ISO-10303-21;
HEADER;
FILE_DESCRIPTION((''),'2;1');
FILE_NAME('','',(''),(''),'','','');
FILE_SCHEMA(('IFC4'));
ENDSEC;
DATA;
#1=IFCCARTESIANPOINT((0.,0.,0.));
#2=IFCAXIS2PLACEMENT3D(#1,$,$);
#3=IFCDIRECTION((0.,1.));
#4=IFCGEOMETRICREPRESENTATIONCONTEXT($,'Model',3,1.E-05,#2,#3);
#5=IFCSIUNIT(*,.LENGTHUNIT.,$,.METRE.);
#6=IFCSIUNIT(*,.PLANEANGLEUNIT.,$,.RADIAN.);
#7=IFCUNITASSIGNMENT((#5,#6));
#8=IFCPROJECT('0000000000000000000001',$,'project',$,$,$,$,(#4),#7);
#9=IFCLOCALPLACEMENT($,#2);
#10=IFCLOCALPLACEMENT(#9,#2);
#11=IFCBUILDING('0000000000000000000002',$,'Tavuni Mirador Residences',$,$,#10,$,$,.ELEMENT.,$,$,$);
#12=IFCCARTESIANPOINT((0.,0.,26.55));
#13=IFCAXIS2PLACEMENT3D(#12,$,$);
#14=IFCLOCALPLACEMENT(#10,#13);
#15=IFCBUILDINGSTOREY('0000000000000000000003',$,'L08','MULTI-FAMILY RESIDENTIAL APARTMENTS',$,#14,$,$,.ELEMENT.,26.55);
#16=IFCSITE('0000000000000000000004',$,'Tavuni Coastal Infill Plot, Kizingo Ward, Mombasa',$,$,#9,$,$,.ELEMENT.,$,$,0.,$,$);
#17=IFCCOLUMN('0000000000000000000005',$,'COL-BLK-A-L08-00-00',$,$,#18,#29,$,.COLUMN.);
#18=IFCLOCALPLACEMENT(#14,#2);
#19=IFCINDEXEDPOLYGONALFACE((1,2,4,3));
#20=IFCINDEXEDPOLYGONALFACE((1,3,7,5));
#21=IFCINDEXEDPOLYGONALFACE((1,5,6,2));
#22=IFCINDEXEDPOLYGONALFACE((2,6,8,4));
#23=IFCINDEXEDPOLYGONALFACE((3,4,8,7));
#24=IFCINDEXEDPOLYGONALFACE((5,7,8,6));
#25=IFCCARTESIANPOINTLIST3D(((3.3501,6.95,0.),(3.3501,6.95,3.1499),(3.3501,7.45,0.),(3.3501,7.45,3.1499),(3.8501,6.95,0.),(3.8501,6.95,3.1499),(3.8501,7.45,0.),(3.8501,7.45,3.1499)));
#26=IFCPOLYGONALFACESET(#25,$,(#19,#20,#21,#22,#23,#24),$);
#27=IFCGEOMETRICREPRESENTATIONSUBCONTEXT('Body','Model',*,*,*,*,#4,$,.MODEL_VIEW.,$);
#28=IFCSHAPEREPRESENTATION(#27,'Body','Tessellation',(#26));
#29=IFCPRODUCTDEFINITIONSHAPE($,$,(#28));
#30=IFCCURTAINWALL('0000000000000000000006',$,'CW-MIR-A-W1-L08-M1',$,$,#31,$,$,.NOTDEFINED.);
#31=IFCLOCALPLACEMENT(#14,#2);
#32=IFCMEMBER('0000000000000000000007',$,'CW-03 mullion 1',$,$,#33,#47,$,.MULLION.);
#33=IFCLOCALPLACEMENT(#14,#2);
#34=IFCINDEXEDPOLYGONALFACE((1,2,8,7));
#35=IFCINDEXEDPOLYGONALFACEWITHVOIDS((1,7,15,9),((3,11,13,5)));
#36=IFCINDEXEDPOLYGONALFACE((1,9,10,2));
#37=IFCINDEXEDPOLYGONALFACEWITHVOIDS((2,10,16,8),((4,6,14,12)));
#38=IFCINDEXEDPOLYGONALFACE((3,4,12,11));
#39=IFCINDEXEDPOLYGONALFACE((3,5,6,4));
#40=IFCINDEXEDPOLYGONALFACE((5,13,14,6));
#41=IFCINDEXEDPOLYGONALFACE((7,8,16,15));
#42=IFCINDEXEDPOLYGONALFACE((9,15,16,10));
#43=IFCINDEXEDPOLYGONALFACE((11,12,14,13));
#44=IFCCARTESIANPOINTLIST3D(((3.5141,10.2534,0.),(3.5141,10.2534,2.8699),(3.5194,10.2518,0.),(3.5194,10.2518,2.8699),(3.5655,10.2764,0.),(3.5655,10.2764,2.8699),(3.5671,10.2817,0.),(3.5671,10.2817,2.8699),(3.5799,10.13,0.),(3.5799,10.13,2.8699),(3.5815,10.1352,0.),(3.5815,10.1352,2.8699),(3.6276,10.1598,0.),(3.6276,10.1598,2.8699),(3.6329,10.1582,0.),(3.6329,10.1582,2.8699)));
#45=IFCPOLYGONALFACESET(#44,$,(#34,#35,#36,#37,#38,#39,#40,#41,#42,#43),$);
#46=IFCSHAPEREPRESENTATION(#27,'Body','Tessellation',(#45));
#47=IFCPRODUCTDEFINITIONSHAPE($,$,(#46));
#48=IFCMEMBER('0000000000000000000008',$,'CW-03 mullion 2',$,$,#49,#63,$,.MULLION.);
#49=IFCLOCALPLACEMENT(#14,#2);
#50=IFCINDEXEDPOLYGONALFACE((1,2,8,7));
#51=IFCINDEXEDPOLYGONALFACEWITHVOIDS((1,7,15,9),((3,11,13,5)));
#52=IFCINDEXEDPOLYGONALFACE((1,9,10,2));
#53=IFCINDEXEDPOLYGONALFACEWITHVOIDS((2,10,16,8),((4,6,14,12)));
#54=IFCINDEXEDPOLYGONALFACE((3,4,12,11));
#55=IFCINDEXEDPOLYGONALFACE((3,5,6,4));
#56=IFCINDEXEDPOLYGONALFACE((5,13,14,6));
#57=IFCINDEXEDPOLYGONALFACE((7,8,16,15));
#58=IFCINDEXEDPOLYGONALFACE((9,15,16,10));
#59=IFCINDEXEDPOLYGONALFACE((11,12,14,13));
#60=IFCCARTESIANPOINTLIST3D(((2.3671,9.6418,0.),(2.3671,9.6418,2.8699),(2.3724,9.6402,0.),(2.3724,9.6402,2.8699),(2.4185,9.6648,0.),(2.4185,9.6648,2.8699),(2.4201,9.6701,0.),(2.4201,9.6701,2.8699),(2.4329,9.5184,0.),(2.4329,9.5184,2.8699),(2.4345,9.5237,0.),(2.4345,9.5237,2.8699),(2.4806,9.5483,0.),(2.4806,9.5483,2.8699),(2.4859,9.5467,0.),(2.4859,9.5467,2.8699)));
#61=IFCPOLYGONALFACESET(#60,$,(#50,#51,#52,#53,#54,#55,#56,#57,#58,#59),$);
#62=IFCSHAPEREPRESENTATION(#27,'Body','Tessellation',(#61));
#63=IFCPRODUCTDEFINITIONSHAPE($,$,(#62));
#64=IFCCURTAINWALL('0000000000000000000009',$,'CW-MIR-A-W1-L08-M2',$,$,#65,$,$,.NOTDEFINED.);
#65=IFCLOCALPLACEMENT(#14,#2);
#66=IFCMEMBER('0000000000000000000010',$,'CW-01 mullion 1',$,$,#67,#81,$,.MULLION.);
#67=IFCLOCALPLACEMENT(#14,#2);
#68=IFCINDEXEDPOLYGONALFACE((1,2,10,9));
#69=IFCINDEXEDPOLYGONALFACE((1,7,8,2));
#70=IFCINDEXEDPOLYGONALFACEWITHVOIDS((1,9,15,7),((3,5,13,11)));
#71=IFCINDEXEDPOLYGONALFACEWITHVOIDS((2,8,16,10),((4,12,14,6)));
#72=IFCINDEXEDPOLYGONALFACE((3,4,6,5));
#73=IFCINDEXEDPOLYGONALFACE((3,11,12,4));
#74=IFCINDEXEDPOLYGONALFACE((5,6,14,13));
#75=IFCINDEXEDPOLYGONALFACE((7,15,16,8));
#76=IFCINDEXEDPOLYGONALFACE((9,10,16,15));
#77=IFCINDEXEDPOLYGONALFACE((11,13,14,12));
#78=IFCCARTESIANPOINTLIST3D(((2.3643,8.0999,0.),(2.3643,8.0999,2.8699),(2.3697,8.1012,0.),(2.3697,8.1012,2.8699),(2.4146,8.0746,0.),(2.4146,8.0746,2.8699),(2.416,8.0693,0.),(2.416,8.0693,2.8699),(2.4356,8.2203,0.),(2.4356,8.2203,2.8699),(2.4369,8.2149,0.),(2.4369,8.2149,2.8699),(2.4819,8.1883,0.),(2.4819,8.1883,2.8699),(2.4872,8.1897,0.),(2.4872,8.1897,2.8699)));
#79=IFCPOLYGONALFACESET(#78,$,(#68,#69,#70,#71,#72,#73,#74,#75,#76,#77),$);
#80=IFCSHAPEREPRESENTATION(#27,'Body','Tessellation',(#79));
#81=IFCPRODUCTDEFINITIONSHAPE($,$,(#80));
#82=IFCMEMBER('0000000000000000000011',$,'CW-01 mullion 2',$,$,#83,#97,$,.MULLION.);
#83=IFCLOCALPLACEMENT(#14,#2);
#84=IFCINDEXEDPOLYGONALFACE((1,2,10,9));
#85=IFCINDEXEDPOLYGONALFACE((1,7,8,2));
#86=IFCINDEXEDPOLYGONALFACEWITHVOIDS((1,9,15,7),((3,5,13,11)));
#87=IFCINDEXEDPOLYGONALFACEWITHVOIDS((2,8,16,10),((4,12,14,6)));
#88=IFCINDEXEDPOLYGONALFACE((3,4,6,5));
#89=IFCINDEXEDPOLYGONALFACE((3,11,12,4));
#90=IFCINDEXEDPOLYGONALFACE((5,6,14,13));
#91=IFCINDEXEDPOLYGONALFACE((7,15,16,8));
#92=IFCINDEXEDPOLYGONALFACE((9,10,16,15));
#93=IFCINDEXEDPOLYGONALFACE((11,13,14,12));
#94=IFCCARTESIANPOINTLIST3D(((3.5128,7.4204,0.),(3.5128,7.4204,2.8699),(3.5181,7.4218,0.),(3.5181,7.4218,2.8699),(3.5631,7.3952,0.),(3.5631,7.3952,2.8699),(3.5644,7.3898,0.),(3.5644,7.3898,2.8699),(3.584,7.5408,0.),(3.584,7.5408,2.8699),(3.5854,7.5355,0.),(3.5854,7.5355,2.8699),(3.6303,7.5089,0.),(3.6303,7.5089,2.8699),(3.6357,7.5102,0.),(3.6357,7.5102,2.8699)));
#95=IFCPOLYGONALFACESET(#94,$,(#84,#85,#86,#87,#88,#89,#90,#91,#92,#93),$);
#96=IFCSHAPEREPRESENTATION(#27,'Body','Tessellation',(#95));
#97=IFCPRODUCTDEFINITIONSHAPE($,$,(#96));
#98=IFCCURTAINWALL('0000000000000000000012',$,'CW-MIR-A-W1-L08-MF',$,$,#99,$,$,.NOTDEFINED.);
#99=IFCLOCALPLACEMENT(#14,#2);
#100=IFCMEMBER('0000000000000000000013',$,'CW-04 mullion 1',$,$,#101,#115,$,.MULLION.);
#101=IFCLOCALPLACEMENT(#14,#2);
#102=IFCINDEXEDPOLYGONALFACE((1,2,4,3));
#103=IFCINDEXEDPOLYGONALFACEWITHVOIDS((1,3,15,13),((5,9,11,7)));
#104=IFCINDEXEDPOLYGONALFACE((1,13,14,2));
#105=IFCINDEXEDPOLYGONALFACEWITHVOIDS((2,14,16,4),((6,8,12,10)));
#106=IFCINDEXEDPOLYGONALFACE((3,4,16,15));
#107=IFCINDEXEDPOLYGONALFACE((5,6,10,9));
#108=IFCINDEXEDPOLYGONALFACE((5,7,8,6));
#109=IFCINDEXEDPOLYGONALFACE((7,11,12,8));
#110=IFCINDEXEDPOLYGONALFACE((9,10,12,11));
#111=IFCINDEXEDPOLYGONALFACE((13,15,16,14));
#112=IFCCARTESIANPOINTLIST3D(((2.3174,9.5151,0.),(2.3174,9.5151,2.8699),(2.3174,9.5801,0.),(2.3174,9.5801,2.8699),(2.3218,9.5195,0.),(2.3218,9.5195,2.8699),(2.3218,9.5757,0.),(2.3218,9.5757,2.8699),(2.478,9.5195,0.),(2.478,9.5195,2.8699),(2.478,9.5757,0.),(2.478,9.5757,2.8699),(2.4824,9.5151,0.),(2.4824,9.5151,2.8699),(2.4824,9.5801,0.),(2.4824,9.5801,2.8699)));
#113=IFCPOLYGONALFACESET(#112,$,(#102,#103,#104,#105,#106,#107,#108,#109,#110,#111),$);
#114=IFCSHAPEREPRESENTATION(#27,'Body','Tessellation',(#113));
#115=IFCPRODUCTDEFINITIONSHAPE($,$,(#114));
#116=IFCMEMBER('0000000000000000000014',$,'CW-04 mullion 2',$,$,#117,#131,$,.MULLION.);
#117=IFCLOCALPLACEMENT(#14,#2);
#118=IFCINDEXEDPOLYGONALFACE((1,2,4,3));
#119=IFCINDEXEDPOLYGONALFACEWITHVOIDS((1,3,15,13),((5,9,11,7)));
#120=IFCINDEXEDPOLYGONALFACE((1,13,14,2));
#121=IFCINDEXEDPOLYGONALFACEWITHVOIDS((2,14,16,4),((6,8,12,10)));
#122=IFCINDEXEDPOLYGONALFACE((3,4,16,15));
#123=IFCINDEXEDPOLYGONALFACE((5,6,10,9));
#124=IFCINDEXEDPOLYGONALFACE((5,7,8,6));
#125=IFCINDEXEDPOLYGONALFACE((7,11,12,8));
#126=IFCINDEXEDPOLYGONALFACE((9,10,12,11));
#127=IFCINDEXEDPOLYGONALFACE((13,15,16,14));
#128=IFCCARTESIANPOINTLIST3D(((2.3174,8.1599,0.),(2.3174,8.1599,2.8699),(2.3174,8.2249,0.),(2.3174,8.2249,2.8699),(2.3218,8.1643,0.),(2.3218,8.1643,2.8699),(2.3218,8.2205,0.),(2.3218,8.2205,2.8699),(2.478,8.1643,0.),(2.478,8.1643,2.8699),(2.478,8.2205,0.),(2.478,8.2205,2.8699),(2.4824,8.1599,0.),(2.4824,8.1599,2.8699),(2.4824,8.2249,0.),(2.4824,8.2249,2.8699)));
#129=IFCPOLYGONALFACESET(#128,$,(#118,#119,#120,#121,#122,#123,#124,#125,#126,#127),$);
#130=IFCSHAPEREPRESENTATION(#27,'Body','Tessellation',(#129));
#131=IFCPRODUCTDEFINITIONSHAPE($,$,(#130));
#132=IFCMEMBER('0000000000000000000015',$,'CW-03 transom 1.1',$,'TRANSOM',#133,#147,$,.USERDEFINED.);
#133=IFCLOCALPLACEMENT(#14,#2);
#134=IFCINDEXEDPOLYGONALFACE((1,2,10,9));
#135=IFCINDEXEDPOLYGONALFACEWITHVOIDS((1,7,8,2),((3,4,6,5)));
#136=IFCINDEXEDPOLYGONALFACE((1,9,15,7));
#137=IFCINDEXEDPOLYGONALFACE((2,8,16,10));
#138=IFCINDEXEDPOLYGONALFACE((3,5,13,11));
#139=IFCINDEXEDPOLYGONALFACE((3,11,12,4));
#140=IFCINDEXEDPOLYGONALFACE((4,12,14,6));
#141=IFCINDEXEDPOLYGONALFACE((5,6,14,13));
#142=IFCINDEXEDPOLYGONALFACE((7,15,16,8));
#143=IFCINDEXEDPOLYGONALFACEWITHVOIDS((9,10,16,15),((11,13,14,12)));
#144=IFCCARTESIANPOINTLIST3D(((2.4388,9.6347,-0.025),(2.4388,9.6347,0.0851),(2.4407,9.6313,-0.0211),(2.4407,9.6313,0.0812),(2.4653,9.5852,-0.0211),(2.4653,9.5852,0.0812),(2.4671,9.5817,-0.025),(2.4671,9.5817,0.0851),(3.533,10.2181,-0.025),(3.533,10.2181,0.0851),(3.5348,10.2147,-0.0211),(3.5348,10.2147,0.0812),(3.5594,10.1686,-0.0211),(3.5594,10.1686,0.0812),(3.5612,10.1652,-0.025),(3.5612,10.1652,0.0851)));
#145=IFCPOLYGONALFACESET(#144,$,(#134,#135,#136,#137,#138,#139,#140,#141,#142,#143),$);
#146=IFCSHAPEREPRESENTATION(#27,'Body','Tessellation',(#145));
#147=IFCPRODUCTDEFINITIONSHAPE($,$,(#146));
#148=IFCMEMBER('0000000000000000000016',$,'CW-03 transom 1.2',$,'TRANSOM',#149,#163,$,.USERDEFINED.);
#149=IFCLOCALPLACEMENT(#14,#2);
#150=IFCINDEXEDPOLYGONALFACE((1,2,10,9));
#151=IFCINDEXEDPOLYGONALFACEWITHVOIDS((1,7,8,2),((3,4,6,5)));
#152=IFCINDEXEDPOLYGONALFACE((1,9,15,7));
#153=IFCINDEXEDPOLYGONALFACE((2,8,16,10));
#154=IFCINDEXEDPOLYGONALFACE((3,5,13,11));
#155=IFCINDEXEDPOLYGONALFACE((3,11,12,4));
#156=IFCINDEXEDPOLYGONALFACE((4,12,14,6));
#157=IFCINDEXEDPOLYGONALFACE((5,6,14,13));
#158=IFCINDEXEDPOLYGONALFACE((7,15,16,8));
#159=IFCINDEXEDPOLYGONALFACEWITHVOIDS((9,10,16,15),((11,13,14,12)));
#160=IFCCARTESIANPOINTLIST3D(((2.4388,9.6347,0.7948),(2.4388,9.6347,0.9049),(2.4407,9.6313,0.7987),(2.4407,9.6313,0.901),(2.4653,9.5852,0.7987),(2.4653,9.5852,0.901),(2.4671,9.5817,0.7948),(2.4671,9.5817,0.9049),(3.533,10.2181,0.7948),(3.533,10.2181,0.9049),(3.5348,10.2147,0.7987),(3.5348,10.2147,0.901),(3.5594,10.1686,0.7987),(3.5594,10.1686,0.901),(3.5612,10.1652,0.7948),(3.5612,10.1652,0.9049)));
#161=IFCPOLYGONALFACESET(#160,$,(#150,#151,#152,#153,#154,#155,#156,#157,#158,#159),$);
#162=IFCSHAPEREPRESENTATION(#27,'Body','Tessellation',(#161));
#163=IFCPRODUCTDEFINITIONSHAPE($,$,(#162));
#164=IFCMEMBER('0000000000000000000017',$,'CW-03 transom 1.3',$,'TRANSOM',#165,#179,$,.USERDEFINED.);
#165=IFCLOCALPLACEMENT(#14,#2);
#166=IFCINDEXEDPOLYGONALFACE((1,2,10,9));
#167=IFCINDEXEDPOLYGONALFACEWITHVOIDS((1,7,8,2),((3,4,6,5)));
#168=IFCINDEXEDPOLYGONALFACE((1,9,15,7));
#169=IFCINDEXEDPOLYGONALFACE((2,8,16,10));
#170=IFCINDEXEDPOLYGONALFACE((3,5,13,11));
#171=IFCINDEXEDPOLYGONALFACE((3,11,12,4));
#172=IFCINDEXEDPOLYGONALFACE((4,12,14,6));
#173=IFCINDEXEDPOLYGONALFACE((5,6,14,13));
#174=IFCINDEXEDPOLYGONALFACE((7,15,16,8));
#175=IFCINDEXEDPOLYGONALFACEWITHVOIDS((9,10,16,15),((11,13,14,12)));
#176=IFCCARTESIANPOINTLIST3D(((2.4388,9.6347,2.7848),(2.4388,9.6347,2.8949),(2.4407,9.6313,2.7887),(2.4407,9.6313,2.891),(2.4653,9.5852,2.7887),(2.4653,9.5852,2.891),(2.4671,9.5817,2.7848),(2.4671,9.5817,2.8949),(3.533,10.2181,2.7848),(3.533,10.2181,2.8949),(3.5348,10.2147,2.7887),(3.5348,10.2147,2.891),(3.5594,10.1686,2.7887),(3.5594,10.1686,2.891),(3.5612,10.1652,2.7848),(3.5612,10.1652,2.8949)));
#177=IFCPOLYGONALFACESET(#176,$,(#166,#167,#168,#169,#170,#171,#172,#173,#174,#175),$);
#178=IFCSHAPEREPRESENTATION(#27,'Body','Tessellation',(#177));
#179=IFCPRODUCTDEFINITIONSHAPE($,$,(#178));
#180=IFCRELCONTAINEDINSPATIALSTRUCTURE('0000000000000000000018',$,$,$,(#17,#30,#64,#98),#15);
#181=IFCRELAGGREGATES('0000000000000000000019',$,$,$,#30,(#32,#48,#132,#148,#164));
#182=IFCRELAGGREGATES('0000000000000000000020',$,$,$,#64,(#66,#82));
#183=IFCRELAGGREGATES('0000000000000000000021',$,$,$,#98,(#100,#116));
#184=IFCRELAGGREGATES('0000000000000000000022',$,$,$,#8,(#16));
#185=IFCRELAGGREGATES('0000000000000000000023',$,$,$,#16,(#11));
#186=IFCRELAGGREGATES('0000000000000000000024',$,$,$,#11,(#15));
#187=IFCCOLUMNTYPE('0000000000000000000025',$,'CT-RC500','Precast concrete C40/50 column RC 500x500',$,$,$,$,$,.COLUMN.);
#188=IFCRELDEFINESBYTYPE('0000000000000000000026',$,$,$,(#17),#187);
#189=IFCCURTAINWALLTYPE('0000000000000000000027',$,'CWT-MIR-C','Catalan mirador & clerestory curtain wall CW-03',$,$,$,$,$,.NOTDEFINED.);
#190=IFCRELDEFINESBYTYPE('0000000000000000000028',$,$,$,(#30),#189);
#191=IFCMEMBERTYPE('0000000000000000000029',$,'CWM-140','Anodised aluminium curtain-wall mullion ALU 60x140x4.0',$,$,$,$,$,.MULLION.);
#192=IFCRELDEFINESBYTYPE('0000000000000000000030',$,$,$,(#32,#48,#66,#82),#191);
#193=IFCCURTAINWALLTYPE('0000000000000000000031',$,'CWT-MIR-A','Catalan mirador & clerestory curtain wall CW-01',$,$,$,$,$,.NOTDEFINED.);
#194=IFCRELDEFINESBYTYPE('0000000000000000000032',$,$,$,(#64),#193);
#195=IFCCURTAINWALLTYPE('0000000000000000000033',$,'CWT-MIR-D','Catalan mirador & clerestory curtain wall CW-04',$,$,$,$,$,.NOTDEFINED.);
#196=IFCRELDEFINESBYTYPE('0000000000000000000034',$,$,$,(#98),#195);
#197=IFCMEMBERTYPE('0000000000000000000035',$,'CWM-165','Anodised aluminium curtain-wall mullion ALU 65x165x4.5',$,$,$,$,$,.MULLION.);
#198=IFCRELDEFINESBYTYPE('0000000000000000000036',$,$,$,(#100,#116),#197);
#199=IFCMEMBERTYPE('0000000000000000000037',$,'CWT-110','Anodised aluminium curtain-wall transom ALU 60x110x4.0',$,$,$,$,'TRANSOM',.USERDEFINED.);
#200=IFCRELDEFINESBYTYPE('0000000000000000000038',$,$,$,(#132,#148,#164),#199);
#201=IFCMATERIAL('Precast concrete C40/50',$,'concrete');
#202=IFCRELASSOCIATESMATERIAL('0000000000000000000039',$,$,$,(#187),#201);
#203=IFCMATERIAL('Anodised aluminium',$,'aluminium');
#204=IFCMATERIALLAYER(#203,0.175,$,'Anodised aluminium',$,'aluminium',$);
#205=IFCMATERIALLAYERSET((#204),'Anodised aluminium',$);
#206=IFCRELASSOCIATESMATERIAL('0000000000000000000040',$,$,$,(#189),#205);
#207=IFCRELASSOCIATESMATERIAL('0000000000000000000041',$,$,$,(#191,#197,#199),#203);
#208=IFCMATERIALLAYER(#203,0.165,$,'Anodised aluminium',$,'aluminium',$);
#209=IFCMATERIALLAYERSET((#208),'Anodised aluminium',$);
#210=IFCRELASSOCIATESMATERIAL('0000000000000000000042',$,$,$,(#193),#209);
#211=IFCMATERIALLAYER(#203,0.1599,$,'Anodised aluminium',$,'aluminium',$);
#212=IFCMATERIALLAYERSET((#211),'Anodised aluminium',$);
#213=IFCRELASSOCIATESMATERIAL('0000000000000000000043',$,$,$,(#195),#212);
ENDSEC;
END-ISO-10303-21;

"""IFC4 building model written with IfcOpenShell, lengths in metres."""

from ifc_helpers import new_model, si_unit, direction, frame, origin, origin_2d, place, context, subcontext, project, spatial, rectangle, hollow_rectangle, extrude, material, layer, layer_set, material_profile, profile_set, type_object, element, aggregate, save


model = new_model("IFC4")

# Units and contexts
model_context = context("Model", 3, precision=1e-05, world=origin(), true_north=direction((0.0, 1.0)))
body_context = subcontext(model_context, "Body", "Model", "MODEL_VIEW")
ifc_project = project(units=[si_unit("LENGTHUNIT", "METRE"), si_unit("PLANEANGLEUNIT", "RADIAN")], contexts=[model_context])

# Site, building, storey
site_placement = place(None, origin())
site = spatial("IfcSite", under=ifc_project, at=site_placement, Name="Tavuni Coastal Infill Plot, Kizingo Ward, Mombasa", CompositionType="ELEMENT", RefElevation=0.0)
building_placement = place(site_placement, origin())
building = spatial("IfcBuilding", under=site, at=building_placement, Name="Tavuni Mirador Residences", CompositionType="ELEMENT")
storey_placement = place(building_placement, frame((0.0, 0.0, 26.55)))
storey = spatial("IfcBuildingStorey", under=building, at=storey_placement, Name="L08", Description="MULTI-FAMILY RESIDENTIAL APARTMENTS", CompositionType="ELEMENT", Elevation=26.55)

# Column
ifc_material_1 = material(Name="Precast concrete C40/50", Category="concrete")
ifc_material_profile_1 = material_profile(ifc_material_1, rectangle(XDim=0.5, YDim=0.5, at=origin_2d()), Name="RC 500x500", Category="concrete")
ifc_profile_set_1 = profile_set([ifc_material_profile_1], Name="Precast concrete C40/50")
column_type = type_object("IfcColumnType", Name="CT-RC500", Description="Precast concrete C40/50 column RC 500x500", PredefinedType="COLUMN", material=ifc_profile_set_1)
column_placement = place(storey_placement, frame((3.6001, 7.2, 0.0), z_axis=(0.0, 0.0, 1.0), x_axis=(1.0, 0.0, 0.0)))
element("IfcColumn", 1, at=column_placement, inside=storey, type_object=column_type, Name="COL-BLK-A-L08-00-00", PredefinedType="COLUMN", context=body_context, shape_type="SweptSolid", body=[
    extrude(rectangle(XDim=0.5, YDim=0.5, at=origin_2d()), origin(), (0.0, 0.0, 1.0), 3.1499),
])

# Curtain walls, members
ifc_material_2 = material(Name="Anodised aluminium", Category="aluminium")
ifc_layer_1 = layer(ifc_material_2, 0.175, Name="Anodised aluminium", Category="aluminium")
ifc_layer_set_1 = layer_set([ifc_layer_1], Name="Anodised aluminium")
curtain_wall_type_1 = type_object("IfcCurtainWallType", Name="CWT-MIR-C", Description="Catalan mirador & clerestory curtain wall CW-03", PredefinedType="NOTDEFINED", material=ifc_layer_set_1)
curtain_wall_1_placement = place(storey_placement, origin())
curtain_wall_1 = element("IfcCurtainWall", 2, at=curtain_wall_1_placement, inside=storey, type_object=curtain_wall_type_1, Name="CW-MIR-A-W1-L08-M1", PredefinedType="NOTDEFINED")
ifc_material_profile_2 = material_profile(ifc_material_2, hollow_rectangle(XDim=0.0601, YDim=0.1399, WallThickness=0.0039, at=origin_2d()), Name="ALU 60x140x4.0", Category="aluminium")
ifc_profile_set_2 = profile_set([ifc_material_profile_2], Name="Anodised aluminium")
member_type_1 = type_object("IfcMemberType", Name="CWM-140", Description="Anodised aluminium curtain-wall mullion ALU 60x140x4.0", PredefinedType="MULLION", material=ifc_profile_set_2)
member_1_placement = place(storey_placement, frame((3.5735, 10.2058, 0.0), z_axis=(0.0, 0.0, 1.0), x_axis=(-0.882353, -0.470588, 0.0)))
member_1 = element("IfcMember", 3, at=member_1_placement, type_object=member_type_1, Name="CW-03 mullion 1", PredefinedType="MULLION", context=body_context, shape_type="SweptSolid", body=[
    extrude(hollow_rectangle(XDim=0.0601, YDim=0.1399, WallThickness=0.0039, at=origin_2d()), origin(), (0.0, 0.0, 1.0), 2.8699),
])
member_2_placement = place(storey_placement, frame((2.4265, 9.5942, 0.0), z_axis=(0.0, 0.0, 1.0), x_axis=(-0.882353, -0.470588, 0.0)))
member_2 = element("IfcMember", 4, at=member_2_placement, type_object=member_type_1, Name="CW-03 mullion 2", PredefinedType="MULLION", context=body_context, shape_type="SweptSolid", body=[
    extrude(hollow_rectangle(XDim=0.0601, YDim=0.1399, WallThickness=0.0039, at=origin_2d()), origin(), (0.0, 0.0, 1.0), 2.8699),
])
ifc_layer_2 = layer(ifc_material_2, 0.165, Name="Anodised aluminium", Category="aluminium")
ifc_layer_set_2 = layer_set([ifc_layer_2], Name="Anodised aluminium")
curtain_wall_type_2 = type_object("IfcCurtainWallType", Name="CWT-MIR-A", Description="Catalan mirador & clerestory curtain wall CW-01", PredefinedType="NOTDEFINED", material=ifc_layer_set_2)
curtain_wall_2_placement = place(storey_placement, origin())
curtain_wall_2 = element("IfcCurtainWall", 5, at=curtain_wall_2_placement, inside=storey, type_object=curtain_wall_type_2, Name="CW-MIR-A-W1-L08-M2", PredefinedType="NOTDEFINED")
member_3_placement = place(storey_placement, frame((2.4258, 8.1448, 0.0), z_axis=(0.0, 0.0, 1.0), x_axis=(0.860641, -0.509212, 0.0)))
member_3 = element("IfcMember", 6, at=member_3_placement, type_object=member_type_1, Name="CW-01 mullion 1", PredefinedType="MULLION", context=body_context, shape_type="SweptSolid", body=[
    extrude(hollow_rectangle(XDim=0.0601, YDim=0.1399, WallThickness=0.0039, at=origin_2d()), origin(), (0.0, 0.0, 1.0), 2.8699),
])
member_4_placement = place(storey_placement, frame((3.5742, 7.4653, 0.0), z_axis=(0.0, 0.0, 1.0), x_axis=(0.860641, -0.509212, 0.0)))
member_4 = element("IfcMember", 7, at=member_4_placement, type_object=member_type_1, Name="CW-01 mullion 2", PredefinedType="MULLION", context=body_context, shape_type="SweptSolid", body=[
    extrude(hollow_rectangle(XDim=0.0601, YDim=0.1399, WallThickness=0.0039, at=origin_2d()), origin(), (0.0, 0.0, 1.0), 2.8699),
])
ifc_layer_3 = layer(ifc_material_2, 0.1599, Name="Anodised aluminium", Category="aluminium")
ifc_layer_set_3 = layer_set([ifc_layer_3], Name="Anodised aluminium")
curtain_wall_type_3 = type_object("IfcCurtainWallType", Name="CWT-MIR-D", Description="Catalan mirador & clerestory curtain wall CW-04", PredefinedType="NOTDEFINED", material=ifc_layer_set_3)
curtain_wall_3_placement = place(storey_placement, origin())
curtain_wall_3 = element("IfcCurtainWall", 8, at=curtain_wall_3_placement, inside=storey, type_object=curtain_wall_type_3, Name="CW-MIR-A-W1-L08-MF", PredefinedType="NOTDEFINED")
ifc_material_profile_3 = material_profile(ifc_material_2, hollow_rectangle(XDim=0.0649, YDim=0.165, WallThickness=0.0044, at=origin_2d()), Name="ALU 65x165x4.5", Category="aluminium")
ifc_profile_set_3 = profile_set([ifc_material_profile_3], Name="Anodised aluminium")
member_type_2 = type_object("IfcMemberType", Name="CWM-165", Description="Anodised aluminium curtain-wall mullion ALU 65x165x4.5", PredefinedType="MULLION", material=ifc_profile_set_3)
member_5_placement = place(storey_placement, frame((2.3999, 9.5476, 0.0), z_axis=(0.0, 0.0, 1.0), x_axis=(0.0, -1.0, 0.0)))
member_5 = element("IfcMember", 9, at=member_5_placement, type_object=member_type_2, Name="CW-04 mullion 1", PredefinedType="MULLION", context=body_context, shape_type="SweptSolid", body=[
    extrude(hollow_rectangle(XDim=0.0649, YDim=0.165, WallThickness=0.0044, at=origin_2d()), origin(), (0.0, 0.0, 1.0), 2.8699),
])
member_6_placement = place(storey_placement, frame((2.3999, 8.1924, 0.0), z_axis=(0.0, 0.0, 1.0), x_axis=(0.0, -1.0, 0.0)))
member_6 = element("IfcMember", 10, at=member_6_placement, type_object=member_type_2, Name="CW-04 mullion 2", PredefinedType="MULLION", context=body_context, shape_type="SweptSolid", body=[
    extrude(hollow_rectangle(XDim=0.0649, YDim=0.165, WallThickness=0.0044, at=origin_2d()), origin(), (0.0, 0.0, 1.0), 2.8699),
])

# Members
ifc_material_profile_4 = material_profile(ifc_material_2, hollow_rectangle(XDim=0.0601, YDim=0.1101, WallThickness=0.0039, at=origin_2d()), Name="ALU 60x110x4.0", Category="aluminium")
ifc_profile_set_4 = profile_set([ifc_material_profile_4], Name="Anodised aluminium")
member_type_3 = type_object("IfcMemberType", Name="CWT-110", Description="Anodised aluminium curtain-wall transom ALU 60x110x4.0", ElementType="TRANSOM", PredefinedType="USERDEFINED", material=ifc_profile_set_4)
member_7_placement = place(storey_placement, frame((3.5471, 10.1917, 0.03), z_axis=(-0.882386, -0.470527, 0.0), x_axis=(0.470527, -0.882386, 0.0)))
member_7 = element("IfcMember", 11, at=member_7_placement, type_object=member_type_3, Name="CW-03 transom 1.1", ObjectType="TRANSOM", PredefinedType="USERDEFINED", context=body_context, shape_type="SweptSolid", body=[
    extrude(hollow_rectangle(XDim=0.0601, YDim=0.1101, WallThickness=0.0039, at=origin_2d()), origin(), (0.0, 0.0, 1.0), 1.24),
])
member_8_placement = place(storey_placement, frame((3.5471, 10.1917, 0.8499), z_axis=(-0.882386, -0.470527, 0.0), x_axis=(0.470527, -0.882386, 0.0)))
member_8 = element("IfcMember", 12, at=member_8_placement, type_object=member_type_3, Name="CW-03 transom 1.2", ObjectType="TRANSOM", PredefinedType="USERDEFINED", context=body_context, shape_type="SweptSolid", body=[
    extrude(hollow_rectangle(XDim=0.0601, YDim=0.1101, WallThickness=0.0039, at=origin_2d()), origin(), (0.0, 0.0, 1.0), 1.24),
])
member_9_placement = place(storey_placement, frame((3.5471, 10.1917, 2.8398), z_axis=(-0.882386, -0.470527, 0.0), x_axis=(0.470527, -0.882386, 0.0)))
member_9 = element("IfcMember", 13, at=member_9_placement, type_object=member_type_3, Name="CW-03 transom 1.3", ObjectType="TRANSOM", PredefinedType="USERDEFINED", context=body_context, shape_type="SweptSolid", body=[
    extrude(hollow_rectangle(XDim=0.0601, YDim=0.1101, WallThickness=0.0039, at=origin_2d()), origin(), (0.0, 0.0, 1.0), 1.24),
])

aggregate(curtain_wall_1, [member_1, member_2, member_7, member_8, member_9])
aggregate(curtain_wall_2, [member_3, member_4])
aggregate(curtain_wall_3, [member_5, member_6])

save(model, "model.ifc")
